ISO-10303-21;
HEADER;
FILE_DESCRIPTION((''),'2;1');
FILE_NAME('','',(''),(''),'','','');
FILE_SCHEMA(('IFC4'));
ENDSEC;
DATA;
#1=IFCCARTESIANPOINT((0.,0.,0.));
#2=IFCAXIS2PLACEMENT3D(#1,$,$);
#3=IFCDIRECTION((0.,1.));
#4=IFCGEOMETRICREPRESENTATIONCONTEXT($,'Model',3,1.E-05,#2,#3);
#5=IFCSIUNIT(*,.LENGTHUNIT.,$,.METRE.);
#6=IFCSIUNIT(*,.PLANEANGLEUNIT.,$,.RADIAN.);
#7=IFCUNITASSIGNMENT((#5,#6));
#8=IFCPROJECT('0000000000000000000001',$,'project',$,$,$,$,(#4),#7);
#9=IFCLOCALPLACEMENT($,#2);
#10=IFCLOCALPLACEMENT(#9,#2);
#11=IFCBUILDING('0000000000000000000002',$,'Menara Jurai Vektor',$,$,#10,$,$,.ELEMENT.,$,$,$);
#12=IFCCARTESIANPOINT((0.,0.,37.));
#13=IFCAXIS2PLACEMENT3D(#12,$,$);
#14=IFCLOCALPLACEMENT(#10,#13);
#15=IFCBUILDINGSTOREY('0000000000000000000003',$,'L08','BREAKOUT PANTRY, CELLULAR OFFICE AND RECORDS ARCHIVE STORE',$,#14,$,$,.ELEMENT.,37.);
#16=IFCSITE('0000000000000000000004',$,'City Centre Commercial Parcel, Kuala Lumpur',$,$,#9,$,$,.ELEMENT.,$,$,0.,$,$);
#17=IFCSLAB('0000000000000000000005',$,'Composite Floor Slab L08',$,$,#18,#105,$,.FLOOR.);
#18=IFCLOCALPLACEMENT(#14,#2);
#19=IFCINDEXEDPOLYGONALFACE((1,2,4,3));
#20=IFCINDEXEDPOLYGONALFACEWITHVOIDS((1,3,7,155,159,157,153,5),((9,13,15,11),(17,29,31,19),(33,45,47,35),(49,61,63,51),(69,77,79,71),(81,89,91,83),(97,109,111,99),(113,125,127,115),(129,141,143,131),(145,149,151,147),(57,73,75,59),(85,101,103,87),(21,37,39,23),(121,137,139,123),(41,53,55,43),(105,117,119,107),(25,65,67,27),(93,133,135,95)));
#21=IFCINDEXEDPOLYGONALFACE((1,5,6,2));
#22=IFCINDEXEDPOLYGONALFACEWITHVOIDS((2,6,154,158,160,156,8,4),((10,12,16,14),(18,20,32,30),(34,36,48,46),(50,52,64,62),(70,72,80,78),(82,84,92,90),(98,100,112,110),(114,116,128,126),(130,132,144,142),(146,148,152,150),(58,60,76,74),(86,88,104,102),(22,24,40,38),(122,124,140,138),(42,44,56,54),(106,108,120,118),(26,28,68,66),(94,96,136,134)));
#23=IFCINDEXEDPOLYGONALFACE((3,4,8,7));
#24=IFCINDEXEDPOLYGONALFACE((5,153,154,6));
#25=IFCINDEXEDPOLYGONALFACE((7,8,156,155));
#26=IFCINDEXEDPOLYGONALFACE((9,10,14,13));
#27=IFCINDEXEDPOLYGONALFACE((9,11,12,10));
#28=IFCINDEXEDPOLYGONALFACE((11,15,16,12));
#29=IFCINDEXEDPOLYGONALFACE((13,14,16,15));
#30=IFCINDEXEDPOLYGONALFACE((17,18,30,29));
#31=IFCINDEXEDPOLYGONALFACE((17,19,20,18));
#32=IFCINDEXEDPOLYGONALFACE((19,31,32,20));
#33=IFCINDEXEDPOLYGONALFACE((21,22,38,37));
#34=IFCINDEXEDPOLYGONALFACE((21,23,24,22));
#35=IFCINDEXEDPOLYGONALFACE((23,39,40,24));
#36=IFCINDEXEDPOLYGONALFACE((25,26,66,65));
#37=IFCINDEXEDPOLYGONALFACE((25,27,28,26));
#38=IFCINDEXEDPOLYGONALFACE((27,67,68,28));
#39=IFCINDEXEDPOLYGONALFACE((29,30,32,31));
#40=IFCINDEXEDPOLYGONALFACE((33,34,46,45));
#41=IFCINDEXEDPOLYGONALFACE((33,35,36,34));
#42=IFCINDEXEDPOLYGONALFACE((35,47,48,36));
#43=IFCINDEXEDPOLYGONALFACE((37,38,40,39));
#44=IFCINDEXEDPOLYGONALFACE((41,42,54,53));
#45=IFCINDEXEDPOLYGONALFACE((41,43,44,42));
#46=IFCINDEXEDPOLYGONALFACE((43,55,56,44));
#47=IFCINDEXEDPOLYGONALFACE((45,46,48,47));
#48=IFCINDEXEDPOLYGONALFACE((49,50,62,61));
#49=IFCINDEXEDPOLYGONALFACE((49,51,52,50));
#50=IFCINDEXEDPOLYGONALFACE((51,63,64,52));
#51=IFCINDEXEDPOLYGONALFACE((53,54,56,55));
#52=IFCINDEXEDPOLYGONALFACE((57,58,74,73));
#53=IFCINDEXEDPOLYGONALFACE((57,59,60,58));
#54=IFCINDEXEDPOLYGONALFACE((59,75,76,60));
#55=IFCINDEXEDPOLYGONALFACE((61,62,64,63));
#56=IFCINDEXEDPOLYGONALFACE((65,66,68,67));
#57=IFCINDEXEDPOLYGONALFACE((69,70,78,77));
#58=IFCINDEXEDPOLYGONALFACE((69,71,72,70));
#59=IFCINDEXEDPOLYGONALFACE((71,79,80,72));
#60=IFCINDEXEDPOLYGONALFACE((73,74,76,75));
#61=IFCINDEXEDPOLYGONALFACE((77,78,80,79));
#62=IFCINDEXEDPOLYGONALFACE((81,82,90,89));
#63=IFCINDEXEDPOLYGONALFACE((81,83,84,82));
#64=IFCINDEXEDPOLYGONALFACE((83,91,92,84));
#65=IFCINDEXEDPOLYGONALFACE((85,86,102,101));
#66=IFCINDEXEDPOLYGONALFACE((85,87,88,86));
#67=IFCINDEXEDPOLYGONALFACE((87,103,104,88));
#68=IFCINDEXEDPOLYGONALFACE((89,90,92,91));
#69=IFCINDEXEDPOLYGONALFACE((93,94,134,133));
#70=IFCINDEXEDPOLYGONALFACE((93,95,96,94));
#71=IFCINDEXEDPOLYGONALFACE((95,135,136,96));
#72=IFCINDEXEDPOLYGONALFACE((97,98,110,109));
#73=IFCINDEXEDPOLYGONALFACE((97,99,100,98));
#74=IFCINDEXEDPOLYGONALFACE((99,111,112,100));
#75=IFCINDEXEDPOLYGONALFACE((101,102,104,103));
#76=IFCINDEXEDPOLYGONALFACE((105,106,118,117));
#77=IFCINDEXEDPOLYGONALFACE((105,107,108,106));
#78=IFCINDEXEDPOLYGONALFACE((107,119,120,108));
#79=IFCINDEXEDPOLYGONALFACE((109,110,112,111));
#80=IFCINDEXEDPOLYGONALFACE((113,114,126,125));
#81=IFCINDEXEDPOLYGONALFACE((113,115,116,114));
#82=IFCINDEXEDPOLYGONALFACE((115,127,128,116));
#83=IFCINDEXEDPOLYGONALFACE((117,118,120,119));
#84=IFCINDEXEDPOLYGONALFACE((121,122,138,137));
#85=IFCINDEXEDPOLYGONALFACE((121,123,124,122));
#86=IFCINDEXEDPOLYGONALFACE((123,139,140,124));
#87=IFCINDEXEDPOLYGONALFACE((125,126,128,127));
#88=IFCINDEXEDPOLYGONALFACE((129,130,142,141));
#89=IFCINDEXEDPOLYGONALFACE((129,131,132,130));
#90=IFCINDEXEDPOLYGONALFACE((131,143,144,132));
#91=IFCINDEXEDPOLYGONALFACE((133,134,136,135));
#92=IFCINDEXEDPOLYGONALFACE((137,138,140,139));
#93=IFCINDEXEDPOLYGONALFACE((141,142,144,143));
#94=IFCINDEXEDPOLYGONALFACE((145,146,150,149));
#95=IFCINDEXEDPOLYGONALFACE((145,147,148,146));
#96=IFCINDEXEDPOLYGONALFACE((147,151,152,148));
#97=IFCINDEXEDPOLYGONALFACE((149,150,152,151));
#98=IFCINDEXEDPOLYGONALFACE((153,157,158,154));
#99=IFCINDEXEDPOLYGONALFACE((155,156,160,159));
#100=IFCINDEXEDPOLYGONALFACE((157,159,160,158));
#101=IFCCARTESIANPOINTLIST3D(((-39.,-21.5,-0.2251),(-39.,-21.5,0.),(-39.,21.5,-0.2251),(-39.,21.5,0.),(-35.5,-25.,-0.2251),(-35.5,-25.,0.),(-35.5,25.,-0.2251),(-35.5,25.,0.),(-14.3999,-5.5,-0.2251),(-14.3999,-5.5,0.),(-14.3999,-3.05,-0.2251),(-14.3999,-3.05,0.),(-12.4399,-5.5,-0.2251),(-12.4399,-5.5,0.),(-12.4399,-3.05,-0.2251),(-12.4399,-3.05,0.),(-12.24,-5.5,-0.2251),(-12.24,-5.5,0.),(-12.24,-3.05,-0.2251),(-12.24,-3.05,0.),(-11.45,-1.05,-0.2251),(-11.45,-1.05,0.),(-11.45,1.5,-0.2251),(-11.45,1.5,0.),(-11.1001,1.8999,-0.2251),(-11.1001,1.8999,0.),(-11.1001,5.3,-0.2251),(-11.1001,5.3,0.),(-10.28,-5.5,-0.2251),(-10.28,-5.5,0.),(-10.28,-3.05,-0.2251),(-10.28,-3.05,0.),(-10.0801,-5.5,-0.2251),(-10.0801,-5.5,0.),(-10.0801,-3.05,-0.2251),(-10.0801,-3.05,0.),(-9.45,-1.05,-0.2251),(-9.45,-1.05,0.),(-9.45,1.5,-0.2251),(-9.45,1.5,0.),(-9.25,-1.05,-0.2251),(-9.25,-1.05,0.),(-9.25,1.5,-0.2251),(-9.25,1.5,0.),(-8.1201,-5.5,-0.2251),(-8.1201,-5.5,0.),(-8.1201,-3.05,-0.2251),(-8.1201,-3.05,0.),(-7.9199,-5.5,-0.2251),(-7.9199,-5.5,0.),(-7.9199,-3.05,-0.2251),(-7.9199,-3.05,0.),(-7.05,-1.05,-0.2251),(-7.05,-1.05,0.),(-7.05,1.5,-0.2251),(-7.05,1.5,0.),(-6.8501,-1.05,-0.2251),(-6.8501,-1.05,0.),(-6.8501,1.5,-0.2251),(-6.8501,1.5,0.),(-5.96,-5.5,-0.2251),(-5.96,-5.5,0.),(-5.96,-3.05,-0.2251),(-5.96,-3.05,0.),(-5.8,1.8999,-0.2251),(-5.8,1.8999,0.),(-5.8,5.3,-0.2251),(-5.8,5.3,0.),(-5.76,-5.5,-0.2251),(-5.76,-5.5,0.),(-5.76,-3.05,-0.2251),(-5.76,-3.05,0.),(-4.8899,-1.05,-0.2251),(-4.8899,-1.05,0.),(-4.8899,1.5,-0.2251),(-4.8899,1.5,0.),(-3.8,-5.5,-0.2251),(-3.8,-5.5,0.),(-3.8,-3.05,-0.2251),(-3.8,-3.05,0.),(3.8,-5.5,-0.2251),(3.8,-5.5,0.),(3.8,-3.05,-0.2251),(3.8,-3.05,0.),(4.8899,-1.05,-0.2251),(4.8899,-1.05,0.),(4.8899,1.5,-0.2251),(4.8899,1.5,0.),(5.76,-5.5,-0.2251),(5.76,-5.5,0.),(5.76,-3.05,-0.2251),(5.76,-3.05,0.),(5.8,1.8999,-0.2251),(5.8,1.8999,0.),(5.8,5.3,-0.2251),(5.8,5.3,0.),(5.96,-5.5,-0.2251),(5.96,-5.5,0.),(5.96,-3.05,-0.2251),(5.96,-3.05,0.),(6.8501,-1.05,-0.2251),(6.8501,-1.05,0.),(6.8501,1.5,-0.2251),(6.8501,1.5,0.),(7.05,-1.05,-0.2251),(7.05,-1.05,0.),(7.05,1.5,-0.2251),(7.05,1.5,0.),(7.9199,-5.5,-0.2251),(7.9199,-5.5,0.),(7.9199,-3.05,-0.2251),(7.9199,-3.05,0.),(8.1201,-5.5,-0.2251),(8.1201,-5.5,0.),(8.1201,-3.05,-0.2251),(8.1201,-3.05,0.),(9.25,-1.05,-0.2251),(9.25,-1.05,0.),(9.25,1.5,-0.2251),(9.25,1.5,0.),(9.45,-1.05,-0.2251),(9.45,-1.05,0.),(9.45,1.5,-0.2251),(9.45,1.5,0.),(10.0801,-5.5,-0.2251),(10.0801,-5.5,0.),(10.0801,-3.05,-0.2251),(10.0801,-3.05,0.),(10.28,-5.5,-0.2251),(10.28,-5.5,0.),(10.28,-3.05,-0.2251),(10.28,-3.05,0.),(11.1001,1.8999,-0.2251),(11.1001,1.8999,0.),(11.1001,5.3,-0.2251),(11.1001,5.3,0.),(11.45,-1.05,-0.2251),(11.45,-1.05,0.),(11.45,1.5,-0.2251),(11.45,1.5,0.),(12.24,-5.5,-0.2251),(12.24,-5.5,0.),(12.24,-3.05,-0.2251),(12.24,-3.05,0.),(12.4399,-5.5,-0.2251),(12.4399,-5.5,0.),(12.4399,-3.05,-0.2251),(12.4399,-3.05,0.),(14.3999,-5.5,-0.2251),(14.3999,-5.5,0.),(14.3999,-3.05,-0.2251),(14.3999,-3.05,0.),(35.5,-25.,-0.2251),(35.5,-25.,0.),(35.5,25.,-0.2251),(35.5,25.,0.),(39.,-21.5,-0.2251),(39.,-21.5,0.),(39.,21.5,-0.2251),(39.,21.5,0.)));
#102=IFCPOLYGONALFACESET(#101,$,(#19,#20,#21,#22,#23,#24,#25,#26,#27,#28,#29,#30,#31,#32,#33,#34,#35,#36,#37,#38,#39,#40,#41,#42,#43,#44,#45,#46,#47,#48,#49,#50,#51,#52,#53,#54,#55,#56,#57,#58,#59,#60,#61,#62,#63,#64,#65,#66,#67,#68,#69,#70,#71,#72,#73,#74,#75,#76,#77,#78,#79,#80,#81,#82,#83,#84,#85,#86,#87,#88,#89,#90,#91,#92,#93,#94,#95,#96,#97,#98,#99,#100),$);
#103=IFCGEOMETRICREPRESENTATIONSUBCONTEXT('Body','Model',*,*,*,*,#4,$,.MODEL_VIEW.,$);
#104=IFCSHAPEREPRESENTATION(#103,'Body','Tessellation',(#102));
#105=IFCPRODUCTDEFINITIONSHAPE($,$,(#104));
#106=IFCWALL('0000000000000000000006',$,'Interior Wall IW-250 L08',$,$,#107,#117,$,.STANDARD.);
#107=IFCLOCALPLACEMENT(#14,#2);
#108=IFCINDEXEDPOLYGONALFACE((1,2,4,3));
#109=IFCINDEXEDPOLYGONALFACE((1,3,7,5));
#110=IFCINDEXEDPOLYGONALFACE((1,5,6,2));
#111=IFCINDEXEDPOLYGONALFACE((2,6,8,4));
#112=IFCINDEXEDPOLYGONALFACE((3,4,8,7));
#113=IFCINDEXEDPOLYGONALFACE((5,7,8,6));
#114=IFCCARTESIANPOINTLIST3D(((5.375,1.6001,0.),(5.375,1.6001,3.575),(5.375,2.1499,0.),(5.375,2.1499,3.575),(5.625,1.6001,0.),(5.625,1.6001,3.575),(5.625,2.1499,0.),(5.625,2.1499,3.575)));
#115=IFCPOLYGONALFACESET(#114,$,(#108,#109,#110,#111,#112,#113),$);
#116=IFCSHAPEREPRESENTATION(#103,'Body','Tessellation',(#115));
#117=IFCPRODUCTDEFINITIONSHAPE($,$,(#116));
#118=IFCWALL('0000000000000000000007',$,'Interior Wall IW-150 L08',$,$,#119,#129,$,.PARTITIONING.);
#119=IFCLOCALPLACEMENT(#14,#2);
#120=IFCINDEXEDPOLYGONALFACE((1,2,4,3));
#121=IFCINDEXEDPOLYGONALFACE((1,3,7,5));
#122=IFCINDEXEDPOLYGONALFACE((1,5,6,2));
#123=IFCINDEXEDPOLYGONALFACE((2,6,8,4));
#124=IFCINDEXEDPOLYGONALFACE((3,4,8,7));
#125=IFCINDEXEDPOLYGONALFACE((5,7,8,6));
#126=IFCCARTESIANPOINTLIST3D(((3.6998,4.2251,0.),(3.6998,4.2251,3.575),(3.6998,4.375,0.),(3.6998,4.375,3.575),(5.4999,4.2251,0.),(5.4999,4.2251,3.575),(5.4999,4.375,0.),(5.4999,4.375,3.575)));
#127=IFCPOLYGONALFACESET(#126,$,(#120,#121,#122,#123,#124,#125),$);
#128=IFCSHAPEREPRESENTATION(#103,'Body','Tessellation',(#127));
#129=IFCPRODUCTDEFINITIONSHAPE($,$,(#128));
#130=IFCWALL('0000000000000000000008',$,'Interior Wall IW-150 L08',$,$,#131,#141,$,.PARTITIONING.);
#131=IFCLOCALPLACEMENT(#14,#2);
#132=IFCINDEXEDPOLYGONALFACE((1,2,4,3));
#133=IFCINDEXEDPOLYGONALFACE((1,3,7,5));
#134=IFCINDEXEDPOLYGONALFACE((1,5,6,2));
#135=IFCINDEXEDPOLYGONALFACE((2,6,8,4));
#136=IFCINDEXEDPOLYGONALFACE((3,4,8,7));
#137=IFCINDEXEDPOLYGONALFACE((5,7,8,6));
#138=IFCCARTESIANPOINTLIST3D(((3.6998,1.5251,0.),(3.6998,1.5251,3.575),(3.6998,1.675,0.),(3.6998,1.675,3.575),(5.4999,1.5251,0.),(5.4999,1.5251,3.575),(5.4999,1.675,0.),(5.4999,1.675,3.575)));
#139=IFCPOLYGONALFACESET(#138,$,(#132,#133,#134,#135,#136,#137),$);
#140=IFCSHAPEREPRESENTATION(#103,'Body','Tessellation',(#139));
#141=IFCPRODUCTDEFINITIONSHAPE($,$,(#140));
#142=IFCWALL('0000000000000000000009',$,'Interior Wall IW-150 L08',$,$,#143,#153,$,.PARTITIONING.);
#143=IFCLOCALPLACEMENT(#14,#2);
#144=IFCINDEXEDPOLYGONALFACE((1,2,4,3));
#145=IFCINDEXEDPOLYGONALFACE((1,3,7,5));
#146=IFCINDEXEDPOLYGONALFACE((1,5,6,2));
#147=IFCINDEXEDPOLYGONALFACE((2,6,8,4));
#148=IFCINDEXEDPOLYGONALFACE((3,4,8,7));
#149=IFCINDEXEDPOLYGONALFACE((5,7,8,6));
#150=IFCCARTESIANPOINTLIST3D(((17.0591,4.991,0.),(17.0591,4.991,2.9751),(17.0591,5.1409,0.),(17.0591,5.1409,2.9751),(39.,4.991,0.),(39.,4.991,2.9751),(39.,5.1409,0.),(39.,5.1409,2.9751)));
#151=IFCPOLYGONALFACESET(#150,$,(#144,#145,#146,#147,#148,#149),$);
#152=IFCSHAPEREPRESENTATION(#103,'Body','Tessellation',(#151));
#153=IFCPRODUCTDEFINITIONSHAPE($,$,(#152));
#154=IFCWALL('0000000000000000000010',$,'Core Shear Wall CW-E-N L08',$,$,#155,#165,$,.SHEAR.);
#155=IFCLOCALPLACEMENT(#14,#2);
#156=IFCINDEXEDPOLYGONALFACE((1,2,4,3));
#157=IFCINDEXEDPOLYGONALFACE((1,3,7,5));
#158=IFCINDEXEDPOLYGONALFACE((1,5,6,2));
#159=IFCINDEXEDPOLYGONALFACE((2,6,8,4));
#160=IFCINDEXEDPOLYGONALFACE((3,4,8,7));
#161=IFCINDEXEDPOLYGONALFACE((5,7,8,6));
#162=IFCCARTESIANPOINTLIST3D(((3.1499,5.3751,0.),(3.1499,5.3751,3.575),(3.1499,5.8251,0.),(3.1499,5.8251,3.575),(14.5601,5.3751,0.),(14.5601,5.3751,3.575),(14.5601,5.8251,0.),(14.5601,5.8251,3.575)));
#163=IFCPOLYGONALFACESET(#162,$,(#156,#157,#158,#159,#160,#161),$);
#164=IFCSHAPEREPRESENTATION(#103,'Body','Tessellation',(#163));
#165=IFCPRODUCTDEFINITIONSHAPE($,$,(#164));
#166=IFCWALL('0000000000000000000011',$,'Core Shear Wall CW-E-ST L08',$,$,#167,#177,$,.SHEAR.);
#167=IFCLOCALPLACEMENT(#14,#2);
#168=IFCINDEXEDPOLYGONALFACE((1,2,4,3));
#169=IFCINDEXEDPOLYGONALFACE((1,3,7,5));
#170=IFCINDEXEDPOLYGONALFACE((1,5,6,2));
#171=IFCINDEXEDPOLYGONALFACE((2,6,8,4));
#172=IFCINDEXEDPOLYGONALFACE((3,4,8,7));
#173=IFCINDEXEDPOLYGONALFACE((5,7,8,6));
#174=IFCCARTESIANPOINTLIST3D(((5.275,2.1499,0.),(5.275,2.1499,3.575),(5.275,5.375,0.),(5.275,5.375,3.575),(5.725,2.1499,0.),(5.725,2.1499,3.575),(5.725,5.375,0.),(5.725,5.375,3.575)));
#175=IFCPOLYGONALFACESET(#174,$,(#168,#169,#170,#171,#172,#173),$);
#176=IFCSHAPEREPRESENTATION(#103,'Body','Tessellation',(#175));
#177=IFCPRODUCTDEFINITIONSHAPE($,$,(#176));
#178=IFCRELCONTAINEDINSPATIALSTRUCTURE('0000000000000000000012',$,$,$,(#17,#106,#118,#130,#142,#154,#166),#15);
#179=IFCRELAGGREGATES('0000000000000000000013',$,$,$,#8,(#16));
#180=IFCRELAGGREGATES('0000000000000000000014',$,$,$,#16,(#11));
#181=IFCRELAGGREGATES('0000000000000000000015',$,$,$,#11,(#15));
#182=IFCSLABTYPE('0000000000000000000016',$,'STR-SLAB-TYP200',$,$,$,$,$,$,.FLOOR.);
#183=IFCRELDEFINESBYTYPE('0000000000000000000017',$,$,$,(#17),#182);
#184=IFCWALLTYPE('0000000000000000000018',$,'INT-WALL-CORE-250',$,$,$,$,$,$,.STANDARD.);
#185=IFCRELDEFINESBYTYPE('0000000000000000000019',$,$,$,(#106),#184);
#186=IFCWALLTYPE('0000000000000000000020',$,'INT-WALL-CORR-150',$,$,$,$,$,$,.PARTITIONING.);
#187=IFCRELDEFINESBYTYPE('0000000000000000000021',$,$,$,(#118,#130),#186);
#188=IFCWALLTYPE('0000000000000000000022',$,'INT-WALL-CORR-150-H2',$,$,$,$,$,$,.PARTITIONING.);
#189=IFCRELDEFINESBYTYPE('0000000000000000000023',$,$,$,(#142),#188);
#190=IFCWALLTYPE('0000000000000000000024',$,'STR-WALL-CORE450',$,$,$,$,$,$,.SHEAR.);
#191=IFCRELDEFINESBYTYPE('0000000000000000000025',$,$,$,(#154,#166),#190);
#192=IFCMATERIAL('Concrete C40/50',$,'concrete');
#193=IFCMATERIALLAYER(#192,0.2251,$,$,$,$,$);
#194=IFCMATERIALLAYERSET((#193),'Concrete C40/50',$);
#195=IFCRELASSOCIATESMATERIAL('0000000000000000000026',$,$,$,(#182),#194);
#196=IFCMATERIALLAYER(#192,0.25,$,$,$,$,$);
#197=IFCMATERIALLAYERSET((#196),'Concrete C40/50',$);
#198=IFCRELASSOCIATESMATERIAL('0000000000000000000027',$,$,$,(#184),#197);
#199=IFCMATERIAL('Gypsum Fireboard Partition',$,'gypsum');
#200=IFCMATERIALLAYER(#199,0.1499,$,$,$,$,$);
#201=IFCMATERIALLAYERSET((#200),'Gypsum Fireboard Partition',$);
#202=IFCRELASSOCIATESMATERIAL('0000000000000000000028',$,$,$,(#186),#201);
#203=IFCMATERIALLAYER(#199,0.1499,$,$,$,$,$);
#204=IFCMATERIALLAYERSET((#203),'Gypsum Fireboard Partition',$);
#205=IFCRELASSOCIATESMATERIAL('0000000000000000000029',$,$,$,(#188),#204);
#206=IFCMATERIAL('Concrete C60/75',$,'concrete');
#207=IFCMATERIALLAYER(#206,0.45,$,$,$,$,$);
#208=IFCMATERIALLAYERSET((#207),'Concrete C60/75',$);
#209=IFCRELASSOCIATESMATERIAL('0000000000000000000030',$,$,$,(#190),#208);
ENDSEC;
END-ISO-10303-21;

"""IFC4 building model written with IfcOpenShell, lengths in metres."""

from ifc_helpers import new_model, si_unit, direction, frame, frame_2d, origin, place, context, subcontext, project, spatial, polyline, rectangle, outline, extrude, material, layer, layer_set, type_object, element, save


model = new_model("IFC4")

# Units and contexts
model_context = context("Model", 3, precision=1e-05, world=origin(), true_north=direction((0.0, 1.0)))
body_context = subcontext(model_context, "Body", "Model", "MODEL_VIEW")
ifc_project = project(units=[si_unit("LENGTHUNIT", "METRE"), si_unit("PLANEANGLEUNIT", "RADIAN")], contexts=[model_context])

# Site, building, storey
site_placement = place(None, origin())
site = spatial("IfcSite", under=ifc_project, at=site_placement, Name="City Centre Commercial Parcel, Kuala Lumpur", CompositionType="ELEMENT", RefElevation=0.0)
building_placement = place(site_placement, origin())
building = spatial("IfcBuilding", under=site, at=building_placement, Name="Menara Jurai Vektor", CompositionType="ELEMENT")
storey_placement = place(building_placement, frame((0.0, 0.0, 37.0)))
storey = spatial("IfcBuildingStorey", under=building, at=storey_placement, Name="L08", Description="BREAKOUT PANTRY, CELLULAR OFFICE AND RECORDS ARCHIVE STORE", CompositionType="ELEMENT", Elevation=37.0)

# Shared definitions
ifc_material_1 = material(Name="Concrete C60/75", Category="concrete")

# Shared definitions
ifc_material_2 = material(Name="Concrete C40/50", Category="concrete")

# Slab
ifc_layer_1 = layer(ifc_material_2, 0.2251)
ifc_layer_set_1 = layer_set([ifc_layer_1], Name="Concrete C40/50")
slab_type_1 = type_object("IfcSlabType", Name="STR-SLAB-TYP200", PredefinedType="FLOOR", material=ifc_layer_set_1)
slab_1_placement = place(storey_placement, frame((0.0, 0.0, -0.2251)))
element("IfcSlab", 1, at=slab_1_placement, inside=storey, type_object=slab_type_1, Name="Composite Floor Slab L08", PredefinedType="FLOOR", context=body_context, shape_type="SweptSolid", body=[
    extrude(outline(polyline([(-35.5, -25.0), (35.5, -25.0), (39.0, -21.5), (39.0, 21.5), (35.5, 25.0), (-35.5, 25.0), (-39.0, 21.5), (-39.0, -21.5), (-35.5, -25.0)]), holes=[polyline([(-11.1001, 1.8999), (-11.1001, 5.3), (-5.8, 5.3), (-5.8, 1.8999), (-11.1001, 1.8999)]), polyline([(5.8, 1.8999), (5.8, 5.3), (11.1001, 5.3), (11.1001, 1.8999), (5.8, 1.8999)]), polyline([(-11.45, -1.05), (-11.45, 1.5), (-9.45, 1.5), (-9.45, -1.05), (-11.45, -1.05)]), polyline([(9.45, -1.05), (9.45, 1.5), (11.45, 1.5), (11.45, -1.05), (9.45, -1.05)]), polyline([(-5.76, -5.5), (-5.76, -3.05), (-3.8, -3.05), (-3.8, -5.5), (-5.76, -5.5)]), polyline([(-6.8501, -1.05), (-6.8501, 1.5), (-4.8899, 1.5), (-4.8899, -1.05), (-6.8501, -1.05)]), polyline([(3.8, -5.5), (3.8, -3.05), (5.76, -3.05), (5.76, -5.5), (3.8, -5.5)]), polyline([(4.8899, -1.05), (4.8899, 1.5), (6.8501, 1.5), (6.8501, -1.05), (4.8899, -1.05)]), polyline([(-14.3999, -5.5), (-14.3999, -3.05), (-12.4399, -3.05), (-12.4399, -5.5), (-14.3999, -5.5)]), polyline([(-12.24, -5.5), (-12.24, -3.05), (-10.28, -3.05), (-10.28, -5.5), (-12.24, -5.5)]), polyline([(10.28, -5.5), (10.28, -3.05), (12.24, -3.05), (12.24, -5.5), (10.28, -5.5)]), polyline([(12.4399, -5.5), (12.4399, -3.05), (14.3999, -3.05), (14.3999, -5.5), (12.4399, -5.5)]), polyline([(-10.0801, -5.5), (-10.0801, -3.05), (-8.1201, -3.05), (-8.1201, -5.5), (-10.0801, -5.5)]), polyline([(-7.9199, -5.5), (-7.9199, -3.05), (-5.96, -3.05), (-5.96, -5.5), (-7.9199, -5.5)]), polyline([(5.96, -5.5), (5.96, -3.05), (7.9199, -3.05), (7.9199, -5.5), (5.96, -5.5)]), polyline([(8.1201, -5.5), (8.1201, -3.05), (10.0801, -3.05), (10.0801, -5.5), (8.1201, -5.5)]), polyline([(-9.25, -1.05), (-9.25, 1.5), (-7.05, 1.5), (-7.05, -1.05), (-9.25, -1.05)]), polyline([(7.05, -1.05), (7.05, 1.5), (9.25, 1.5), (9.25, -1.05), (7.05, -1.05)])]), origin(), (0.0, 0.0, 1.0), 0.2251),
])

# Shared definitions
ifc_layer_2 = layer(ifc_material_2, 0.25)
ifc_layer_set_2 = layer_set([ifc_layer_2], Name="Concrete C40/50")
wall_type_1 = type_object("IfcWallType", Name="INT-WALL-CORE-250", PredefinedType="STANDARD", material=ifc_layer_set_2)

# Walls
wall_1_placement = place(storey_placement, frame((5.5, 1.6001, 0.0), z_axis=(0.0, 0.0, 1.0), x_axis=(0.0, 1.0, 0.0)))
element("IfcWall", 2, at=wall_1_placement, inside=storey, type_object=wall_type_1, Name="Interior Wall IW-250 L08", PredefinedType="STANDARD", context=body_context, shape_type="SweptSolid", body=[
    extrude(rectangle(XDim=0.5498, YDim=0.25, at=frame_2d((0.2749, 0.0))), origin(), (0.0, 0.0, 1.0), 3.575),
])
ifc_material_3 = material(Name="Gypsum Fireboard Partition", Category="gypsum")
ifc_layer_3 = layer(ifc_material_3, 0.1499)
ifc_layer_set_3 = layer_set([ifc_layer_3], Name="Gypsum Fireboard Partition")
wall_type_2 = type_object("IfcWallType", Name="INT-WALL-CORR-150", PredefinedType="PARTITIONING", material=ifc_layer_set_3)
for number, where, z_axis, x_axis, name in (
    (3, (3.7, 4.3, 0.0), (0.0, 0.0, 1.0), (1.0, 0.0, 0.0), "Interior Wall IW-150 L08"),
    (4, (3.7, 1.6001, 0.0), (0.0, 0.0, 1.0), (1.0, 0.0, 0.0), "Interior Wall IW-150 L08"),
):
    element("IfcWall", number, at=place(storey_placement, frame(where, z_axis=z_axis, x_axis=x_axis)), inside=storey, type_object=wall_type_2, Name=name, PredefinedType="PARTITIONING", context=body_context, shape_type="SweptSolid", body=[
        extrude(rectangle(XDim=1.8, YDim=0.1499, at=frame_2d((0.8999, 0.0))), origin(), (0.0, 0.0, 1.0), 3.575),
    ])

# Walls
ifc_layer_4 = layer(ifc_material_3, 0.1499)
ifc_layer_set_4 = layer_set([ifc_layer_4], Name="Gypsum Fireboard Partition")
wall_type_3 = type_object("IfcWallType", Name="INT-WALL-CORR-150-H2", PredefinedType="PARTITIONING", material=ifc_layer_set_4)
wall_2_placement = place(storey_placement, frame((17.0591, 5.0659, 0.0), z_axis=(0.0, 0.0, 1.0), x_axis=(1.0, 0.0, 0.0)))
element("IfcWall", 5, at=wall_2_placement, inside=storey, type_object=wall_type_3, Name="Interior Wall IW-150 L08", PredefinedType="PARTITIONING", context=body_context, shape_type="SweptSolid", body=[
    extrude(rectangle(XDim=21.9409, YDim=0.1499, at=frame_2d((10.9705, 0.0))), origin(), (0.0, 0.0, 1.0), 2.9751),
])
ifc_layer_5 = layer(ifc_material_1, 0.45)
ifc_layer_set_5 = layer_set([ifc_layer_5], Name="Concrete C60/75")
wall_type_4 = type_object("IfcWallType", Name="STR-WALL-CORE450", PredefinedType="SHEAR", material=ifc_layer_set_5)
wall_3_placement = place(storey_placement, frame((3.1499, 5.6001, 0.0), z_axis=(0.0, 0.0, 1.0), x_axis=(1.0, 0.0, 0.0)))
element("IfcWall", 6, at=wall_3_placement, inside=storey, type_object=wall_type_4, Name="Core Shear Wall CW-E-N L08", PredefinedType="SHEAR", context=body_context, shape_type="SweptSolid", body=[
    extrude(rectangle(XDim=11.4102, YDim=0.45, at=frame_2d((5.7051, 0.0))), origin(), (0.0, 0.0, 1.0), 3.575),
])
wall_4_placement = place(storey_placement, frame((5.5, 2.1499, 0.0), z_axis=(0.0, 0.0, 1.0), x_axis=(0.0, 1.0, 0.0)))
element("IfcWall", 7, at=wall_4_placement, inside=storey, type_object=wall_type_4, Name="Core Shear Wall CW-E-ST L08", PredefinedType="SHEAR", context=body_context, shape_type="SweptSolid", body=[
    extrude(rectangle(XDim=3.2251, YDim=0.45, at=frame_2d((1.6125, 0.0))), origin(), (0.0, 0.0, 1.0), 3.575),
])

save(model, "model.ifc")
